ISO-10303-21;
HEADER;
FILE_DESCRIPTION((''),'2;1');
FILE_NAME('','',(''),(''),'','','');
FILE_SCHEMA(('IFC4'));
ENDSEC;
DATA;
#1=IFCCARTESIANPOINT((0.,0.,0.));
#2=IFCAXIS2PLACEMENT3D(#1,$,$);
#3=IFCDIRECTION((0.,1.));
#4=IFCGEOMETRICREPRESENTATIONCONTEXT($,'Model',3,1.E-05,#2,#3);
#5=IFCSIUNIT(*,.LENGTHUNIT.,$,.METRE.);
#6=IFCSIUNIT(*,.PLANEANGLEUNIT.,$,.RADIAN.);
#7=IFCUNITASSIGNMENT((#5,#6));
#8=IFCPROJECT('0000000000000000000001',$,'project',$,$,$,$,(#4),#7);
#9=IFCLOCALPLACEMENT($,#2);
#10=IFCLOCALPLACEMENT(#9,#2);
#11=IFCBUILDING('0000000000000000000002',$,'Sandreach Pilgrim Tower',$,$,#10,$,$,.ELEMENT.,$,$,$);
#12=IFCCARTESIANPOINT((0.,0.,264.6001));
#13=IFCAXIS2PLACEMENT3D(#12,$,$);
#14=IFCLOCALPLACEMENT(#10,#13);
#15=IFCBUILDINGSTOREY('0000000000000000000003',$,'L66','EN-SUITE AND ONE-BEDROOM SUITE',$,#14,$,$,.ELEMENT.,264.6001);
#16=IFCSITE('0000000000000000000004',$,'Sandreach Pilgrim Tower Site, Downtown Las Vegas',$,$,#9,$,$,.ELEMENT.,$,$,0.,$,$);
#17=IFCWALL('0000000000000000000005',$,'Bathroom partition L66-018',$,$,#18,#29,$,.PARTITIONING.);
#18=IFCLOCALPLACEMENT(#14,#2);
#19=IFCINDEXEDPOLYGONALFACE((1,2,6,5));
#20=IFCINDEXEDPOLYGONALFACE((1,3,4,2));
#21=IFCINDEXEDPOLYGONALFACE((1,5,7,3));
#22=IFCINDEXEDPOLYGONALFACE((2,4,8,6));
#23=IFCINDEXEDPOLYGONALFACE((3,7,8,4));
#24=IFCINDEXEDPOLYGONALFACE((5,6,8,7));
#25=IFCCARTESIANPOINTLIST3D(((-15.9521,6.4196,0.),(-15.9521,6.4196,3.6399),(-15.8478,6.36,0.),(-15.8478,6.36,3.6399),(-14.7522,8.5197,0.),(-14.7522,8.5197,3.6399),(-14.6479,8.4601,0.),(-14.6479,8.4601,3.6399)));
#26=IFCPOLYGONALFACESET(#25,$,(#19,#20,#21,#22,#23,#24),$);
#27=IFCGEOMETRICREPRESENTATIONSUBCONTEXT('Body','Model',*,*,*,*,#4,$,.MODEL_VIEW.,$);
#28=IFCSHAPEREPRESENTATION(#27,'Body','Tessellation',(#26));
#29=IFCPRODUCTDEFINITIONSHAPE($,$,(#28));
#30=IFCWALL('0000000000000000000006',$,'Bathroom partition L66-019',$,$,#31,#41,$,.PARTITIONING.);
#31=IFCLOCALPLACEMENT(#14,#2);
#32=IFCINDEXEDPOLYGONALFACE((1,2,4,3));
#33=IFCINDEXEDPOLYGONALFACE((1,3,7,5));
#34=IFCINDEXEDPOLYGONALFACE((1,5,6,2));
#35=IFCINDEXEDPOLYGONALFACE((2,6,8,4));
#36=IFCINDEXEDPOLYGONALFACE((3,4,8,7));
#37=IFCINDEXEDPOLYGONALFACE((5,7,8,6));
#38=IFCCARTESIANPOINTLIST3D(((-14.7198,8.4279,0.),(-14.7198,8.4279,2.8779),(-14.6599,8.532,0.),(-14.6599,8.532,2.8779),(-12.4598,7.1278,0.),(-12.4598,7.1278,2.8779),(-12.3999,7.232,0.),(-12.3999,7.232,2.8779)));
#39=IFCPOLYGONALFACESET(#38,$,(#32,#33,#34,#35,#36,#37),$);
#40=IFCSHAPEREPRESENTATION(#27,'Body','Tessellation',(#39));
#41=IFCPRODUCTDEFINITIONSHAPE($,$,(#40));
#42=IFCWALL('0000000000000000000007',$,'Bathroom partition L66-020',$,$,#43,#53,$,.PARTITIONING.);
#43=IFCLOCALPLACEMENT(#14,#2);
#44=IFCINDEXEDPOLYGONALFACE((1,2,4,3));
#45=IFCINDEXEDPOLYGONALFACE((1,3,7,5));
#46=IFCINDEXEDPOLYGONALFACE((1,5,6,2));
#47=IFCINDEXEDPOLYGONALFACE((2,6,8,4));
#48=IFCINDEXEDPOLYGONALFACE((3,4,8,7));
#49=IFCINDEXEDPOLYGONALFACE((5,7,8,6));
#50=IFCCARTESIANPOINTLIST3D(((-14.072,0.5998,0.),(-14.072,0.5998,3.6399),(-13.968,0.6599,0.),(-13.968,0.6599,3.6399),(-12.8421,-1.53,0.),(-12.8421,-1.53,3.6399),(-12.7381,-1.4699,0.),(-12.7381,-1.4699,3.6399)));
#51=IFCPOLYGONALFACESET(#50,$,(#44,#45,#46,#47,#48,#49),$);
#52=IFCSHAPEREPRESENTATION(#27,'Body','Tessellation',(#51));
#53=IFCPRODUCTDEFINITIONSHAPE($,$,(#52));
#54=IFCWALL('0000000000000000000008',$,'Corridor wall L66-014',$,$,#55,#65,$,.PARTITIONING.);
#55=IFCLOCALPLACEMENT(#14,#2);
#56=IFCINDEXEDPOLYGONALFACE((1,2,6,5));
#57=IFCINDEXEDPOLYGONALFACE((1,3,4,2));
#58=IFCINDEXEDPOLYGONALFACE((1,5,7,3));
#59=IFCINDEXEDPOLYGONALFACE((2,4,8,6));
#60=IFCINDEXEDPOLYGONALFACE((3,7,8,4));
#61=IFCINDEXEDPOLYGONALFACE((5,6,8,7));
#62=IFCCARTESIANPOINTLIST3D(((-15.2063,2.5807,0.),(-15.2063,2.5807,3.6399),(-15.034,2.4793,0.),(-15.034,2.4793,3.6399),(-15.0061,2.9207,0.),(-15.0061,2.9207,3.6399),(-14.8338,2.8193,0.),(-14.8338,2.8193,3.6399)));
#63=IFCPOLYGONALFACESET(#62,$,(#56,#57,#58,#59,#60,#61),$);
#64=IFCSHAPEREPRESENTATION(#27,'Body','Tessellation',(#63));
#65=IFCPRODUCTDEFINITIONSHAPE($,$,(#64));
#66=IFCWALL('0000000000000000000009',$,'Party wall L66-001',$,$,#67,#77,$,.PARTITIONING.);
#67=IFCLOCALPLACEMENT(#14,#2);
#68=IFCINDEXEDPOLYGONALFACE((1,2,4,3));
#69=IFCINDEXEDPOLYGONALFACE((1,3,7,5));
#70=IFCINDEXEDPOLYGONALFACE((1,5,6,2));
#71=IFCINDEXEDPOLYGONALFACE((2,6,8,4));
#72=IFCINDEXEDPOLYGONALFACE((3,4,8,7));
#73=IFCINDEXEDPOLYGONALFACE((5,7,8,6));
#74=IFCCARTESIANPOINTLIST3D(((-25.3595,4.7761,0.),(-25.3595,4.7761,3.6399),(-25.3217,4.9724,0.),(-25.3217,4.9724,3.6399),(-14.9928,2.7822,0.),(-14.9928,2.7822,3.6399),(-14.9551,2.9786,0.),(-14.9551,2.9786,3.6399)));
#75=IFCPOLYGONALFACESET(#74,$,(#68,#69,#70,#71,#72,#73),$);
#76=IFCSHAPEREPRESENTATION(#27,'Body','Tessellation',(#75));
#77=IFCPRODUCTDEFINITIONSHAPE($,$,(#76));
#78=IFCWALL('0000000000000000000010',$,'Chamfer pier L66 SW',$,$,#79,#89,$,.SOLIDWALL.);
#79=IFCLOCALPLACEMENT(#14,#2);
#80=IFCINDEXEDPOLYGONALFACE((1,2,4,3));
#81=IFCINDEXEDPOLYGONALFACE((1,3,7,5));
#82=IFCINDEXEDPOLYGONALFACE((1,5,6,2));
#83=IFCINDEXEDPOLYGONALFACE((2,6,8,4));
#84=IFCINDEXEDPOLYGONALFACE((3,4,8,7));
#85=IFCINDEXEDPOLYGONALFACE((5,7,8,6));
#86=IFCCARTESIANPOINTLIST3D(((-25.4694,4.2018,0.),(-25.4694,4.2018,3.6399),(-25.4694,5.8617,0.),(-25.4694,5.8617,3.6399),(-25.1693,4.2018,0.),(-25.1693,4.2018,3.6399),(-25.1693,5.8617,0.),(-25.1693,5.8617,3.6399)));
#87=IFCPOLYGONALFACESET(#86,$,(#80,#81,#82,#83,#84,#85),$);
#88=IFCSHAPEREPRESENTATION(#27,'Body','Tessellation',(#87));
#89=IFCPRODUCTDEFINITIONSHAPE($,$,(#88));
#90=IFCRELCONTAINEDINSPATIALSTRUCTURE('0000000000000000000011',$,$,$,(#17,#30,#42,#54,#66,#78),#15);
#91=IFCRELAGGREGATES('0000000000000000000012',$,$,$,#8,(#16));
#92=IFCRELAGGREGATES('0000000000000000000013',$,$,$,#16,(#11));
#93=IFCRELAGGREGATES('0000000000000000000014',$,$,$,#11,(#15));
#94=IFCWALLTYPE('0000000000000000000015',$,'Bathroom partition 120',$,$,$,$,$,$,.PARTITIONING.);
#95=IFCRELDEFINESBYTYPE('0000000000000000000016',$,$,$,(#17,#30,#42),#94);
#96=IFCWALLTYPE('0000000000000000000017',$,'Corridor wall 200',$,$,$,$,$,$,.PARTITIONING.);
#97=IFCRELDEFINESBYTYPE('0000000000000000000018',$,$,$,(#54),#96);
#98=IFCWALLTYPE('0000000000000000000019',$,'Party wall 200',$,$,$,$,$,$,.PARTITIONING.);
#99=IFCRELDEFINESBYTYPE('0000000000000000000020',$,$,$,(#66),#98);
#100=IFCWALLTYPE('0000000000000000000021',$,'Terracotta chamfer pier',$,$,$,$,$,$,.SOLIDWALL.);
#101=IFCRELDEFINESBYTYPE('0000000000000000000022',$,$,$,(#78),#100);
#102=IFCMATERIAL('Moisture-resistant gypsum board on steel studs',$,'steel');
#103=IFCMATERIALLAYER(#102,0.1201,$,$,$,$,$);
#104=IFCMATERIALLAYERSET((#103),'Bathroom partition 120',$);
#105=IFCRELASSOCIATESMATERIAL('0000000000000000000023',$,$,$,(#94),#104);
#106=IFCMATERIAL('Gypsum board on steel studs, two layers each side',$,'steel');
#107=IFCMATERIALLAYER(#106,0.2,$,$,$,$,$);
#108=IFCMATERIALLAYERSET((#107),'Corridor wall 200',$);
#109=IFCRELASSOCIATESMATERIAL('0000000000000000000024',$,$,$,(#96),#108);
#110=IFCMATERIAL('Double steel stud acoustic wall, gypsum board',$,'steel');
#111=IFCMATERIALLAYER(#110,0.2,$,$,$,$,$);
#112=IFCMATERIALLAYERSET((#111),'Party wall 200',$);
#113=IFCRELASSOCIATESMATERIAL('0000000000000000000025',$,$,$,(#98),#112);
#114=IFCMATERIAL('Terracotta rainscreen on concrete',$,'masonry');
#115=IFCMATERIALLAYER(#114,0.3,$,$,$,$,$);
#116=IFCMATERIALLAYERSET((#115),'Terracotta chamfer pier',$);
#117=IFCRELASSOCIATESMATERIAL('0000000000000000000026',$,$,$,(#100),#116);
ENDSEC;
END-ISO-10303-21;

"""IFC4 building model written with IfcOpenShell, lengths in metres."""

from ifc_helpers import new_model, si_unit, direction, frame, frame_2d, origin, place, context, subcontext, project, spatial, rectangle, extrude, material, layer, layer_set, type_object, element, save


model = new_model("IFC4")

# Units and contexts
model_context = context("Model", 3, precision=1e-05, world=origin(), true_north=direction((0.0, 1.0)))
body_context = subcontext(model_context, "Body", "Model", "MODEL_VIEW")
ifc_project = project(units=[si_unit("LENGTHUNIT", "METRE"), si_unit("PLANEANGLEUNIT", "RADIAN")], contexts=[model_context])

# Site, building, storey
site_placement = place(None, origin())
site = spatial("IfcSite", under=ifc_project, at=site_placement, Name="Sandreach Pilgrim Tower Site, Downtown Las Vegas", CompositionType="ELEMENT", RefElevation=0.0)
building_placement = place(site_placement, origin())
building = spatial("IfcBuilding", under=site, at=building_placement, Name="Sandreach Pilgrim Tower", CompositionType="ELEMENT")
storey_placement = place(building_placement, frame((0.0, 0.0, 264.6001)))
storey = spatial("IfcBuildingStorey", under=building, at=storey_placement, Name="L66", Description="EN-SUITE AND ONE-BEDROOM SUITE", CompositionType="ELEMENT", Elevation=264.6001)

# Shared definitions
ifc_material_1 = material(Name="Moisture-resistant gypsum board on steel studs", Category="steel")
ifc_layer_1 = layer(ifc_material_1, 0.1201)
ifc_layer_set_1 = layer_set([ifc_layer_1], Name="Bathroom partition 120")
wall_type_1 = type_object("IfcWallType", Name="Bathroom partition 120", PredefinedType="PARTITIONING", material=ifc_layer_set_1)

# Walls
wall_1_placement = place(storey_placement, frame((-14.7, 8.49, 0.0), z_axis=(0.0, 0.0, 1.0), x_axis=(-0.496106, -0.868262, 0.0)))
element("IfcWall", 1, at=wall_1_placement, inside=storey, type_object=wall_type_1, Name="Bathroom partition L66-018", PredefinedType="PARTITIONING", context=body_context, shape_type="SweptSolid", body=[
    extrude(rectangle(XDim=2.4187, YDim=0.1201, at=frame_2d((1.2095, 0.0))), origin(), (0.0, 0.0, 1.0), 3.6399),
])
wall_2_placement = place(storey_placement, frame((-14.6899, 8.48, 0.0), z_axis=(0.0, 0.0, 1.0), x_axis=(0.866816, -0.498628, 0.0)))
element("IfcWall", 2, at=wall_2_placement, inside=storey, type_object=wall_type_1, Name="Bathroom partition L66-019", PredefinedType="PARTITIONING", context=body_context, shape_type="SweptSolid", body=[
    extrude(rectangle(XDim=2.6072, YDim=0.1201, at=frame_2d((1.3037, 0.0))), origin(), (0.0, 0.0, 1.0), 2.8779),
])
wall_3_placement = place(storey_placement, frame((-14.02, 0.6299, 0.0), z_axis=(0.0, 0.0, 1.0), x_axis=(0.500089, -0.865974, 0.0)))
element("IfcWall", 3, at=wall_3_placement, inside=storey, type_object=wall_type_1, Name="Bathroom partition L66-020", PredefinedType="PARTITIONING", context=body_context, shape_type="SweptSolid", body=[
    extrude(rectangle(XDim=2.4595, YDim=0.1201, at=frame_2d((1.2297, 0.0))), origin(), (0.0, 0.0, 1.0), 3.6399),
])
ifc_material_2 = material(Name="Gypsum board on steel studs, two layers each side", Category="steel")
ifc_layer_2 = layer(ifc_material_2, 0.2)
ifc_layer_set_2 = layer_set([ifc_layer_2], Name="Corridor wall 200")
wall_type_2 = type_object("IfcWallType", Name="Corridor wall 200", PredefinedType="PARTITIONING", material=ifc_layer_set_2)
wall_4_placement = place(storey_placement, frame((-15.1201, 2.53, 0.0), z_axis=(0.0, 0.0, 1.0), x_axis=(0.50729, 0.861775, 0.0)))
element("IfcWall", 4, at=wall_4_placement, inside=storey, type_object=wall_type_2, Name="Corridor wall L66-014", PredefinedType="PARTITIONING", context=body_context, shape_type="SweptSolid", body=[
    extrude(rectangle(XDim=0.3945, YDim=0.2, at=frame_2d((0.1973, 0.0))), origin(), (0.0, 0.0, 1.0), 3.6399),
])

# Walls
ifc_material_3 = material(Name="Double steel stud acoustic wall, gypsum board", Category="steel")
ifc_layer_3 = layer(ifc_material_3, 0.2)
ifc_layer_set_3 = layer_set([ifc_layer_3], Name="Party wall 200")
wall_type_3 = type_object("IfcWallType", Name="Party wall 200", PredefinedType="PARTITIONING", material=ifc_layer_set_3)
wall_5_placement = place(storey_placement, frame((-25.3406, 4.8743, 0.0), z_axis=(0.0, 0.0, 1.0), x_axis=(0.982001, -0.188875, 0.0)))
element("IfcWall", 5, at=wall_5_placement, inside=storey, type_object=wall_type_3, Name="Party wall L66-001", PredefinedType="PARTITIONING", context=body_context, shape_type="SweptSolid", body=[
    extrude(rectangle(XDim=10.5566, YDim=0.2, at=frame_2d((5.2783, 0.0))), origin(), (0.0, 0.0, 1.0), 3.6399),
])
ifc_material_4 = material(Name="Terracotta rainscreen on concrete", Category="masonry")
ifc_layer_4 = layer(ifc_material_4, 0.3)
ifc_layer_set_4 = layer_set([ifc_layer_4], Name="Terracotta chamfer pier")
wall_type_4 = type_object("IfcWallType", Name="Terracotta chamfer pier", PredefinedType="SOLIDWALL", material=ifc_layer_set_4)
wall_6_placement = place(storey_placement, frame((-25.3193, 4.2017, 0.0), z_axis=(0.0, 0.0, 1.0), x_axis=(0.0, 1.0, 0.0)))
element("IfcWall", 6, at=wall_6_placement, inside=storey, type_object=wall_type_4, Name="Chamfer pier L66 SW", PredefinedType="SOLIDWALL", context=body_context, shape_type="SweptSolid", body=[
    extrude(rectangle(XDim=1.6599, YDim=0.3, at=frame_2d((0.8301, 0.0))), origin(), (0.0, 0.0, 1.0), 3.6399),
])

save(model, "model.ifc")
